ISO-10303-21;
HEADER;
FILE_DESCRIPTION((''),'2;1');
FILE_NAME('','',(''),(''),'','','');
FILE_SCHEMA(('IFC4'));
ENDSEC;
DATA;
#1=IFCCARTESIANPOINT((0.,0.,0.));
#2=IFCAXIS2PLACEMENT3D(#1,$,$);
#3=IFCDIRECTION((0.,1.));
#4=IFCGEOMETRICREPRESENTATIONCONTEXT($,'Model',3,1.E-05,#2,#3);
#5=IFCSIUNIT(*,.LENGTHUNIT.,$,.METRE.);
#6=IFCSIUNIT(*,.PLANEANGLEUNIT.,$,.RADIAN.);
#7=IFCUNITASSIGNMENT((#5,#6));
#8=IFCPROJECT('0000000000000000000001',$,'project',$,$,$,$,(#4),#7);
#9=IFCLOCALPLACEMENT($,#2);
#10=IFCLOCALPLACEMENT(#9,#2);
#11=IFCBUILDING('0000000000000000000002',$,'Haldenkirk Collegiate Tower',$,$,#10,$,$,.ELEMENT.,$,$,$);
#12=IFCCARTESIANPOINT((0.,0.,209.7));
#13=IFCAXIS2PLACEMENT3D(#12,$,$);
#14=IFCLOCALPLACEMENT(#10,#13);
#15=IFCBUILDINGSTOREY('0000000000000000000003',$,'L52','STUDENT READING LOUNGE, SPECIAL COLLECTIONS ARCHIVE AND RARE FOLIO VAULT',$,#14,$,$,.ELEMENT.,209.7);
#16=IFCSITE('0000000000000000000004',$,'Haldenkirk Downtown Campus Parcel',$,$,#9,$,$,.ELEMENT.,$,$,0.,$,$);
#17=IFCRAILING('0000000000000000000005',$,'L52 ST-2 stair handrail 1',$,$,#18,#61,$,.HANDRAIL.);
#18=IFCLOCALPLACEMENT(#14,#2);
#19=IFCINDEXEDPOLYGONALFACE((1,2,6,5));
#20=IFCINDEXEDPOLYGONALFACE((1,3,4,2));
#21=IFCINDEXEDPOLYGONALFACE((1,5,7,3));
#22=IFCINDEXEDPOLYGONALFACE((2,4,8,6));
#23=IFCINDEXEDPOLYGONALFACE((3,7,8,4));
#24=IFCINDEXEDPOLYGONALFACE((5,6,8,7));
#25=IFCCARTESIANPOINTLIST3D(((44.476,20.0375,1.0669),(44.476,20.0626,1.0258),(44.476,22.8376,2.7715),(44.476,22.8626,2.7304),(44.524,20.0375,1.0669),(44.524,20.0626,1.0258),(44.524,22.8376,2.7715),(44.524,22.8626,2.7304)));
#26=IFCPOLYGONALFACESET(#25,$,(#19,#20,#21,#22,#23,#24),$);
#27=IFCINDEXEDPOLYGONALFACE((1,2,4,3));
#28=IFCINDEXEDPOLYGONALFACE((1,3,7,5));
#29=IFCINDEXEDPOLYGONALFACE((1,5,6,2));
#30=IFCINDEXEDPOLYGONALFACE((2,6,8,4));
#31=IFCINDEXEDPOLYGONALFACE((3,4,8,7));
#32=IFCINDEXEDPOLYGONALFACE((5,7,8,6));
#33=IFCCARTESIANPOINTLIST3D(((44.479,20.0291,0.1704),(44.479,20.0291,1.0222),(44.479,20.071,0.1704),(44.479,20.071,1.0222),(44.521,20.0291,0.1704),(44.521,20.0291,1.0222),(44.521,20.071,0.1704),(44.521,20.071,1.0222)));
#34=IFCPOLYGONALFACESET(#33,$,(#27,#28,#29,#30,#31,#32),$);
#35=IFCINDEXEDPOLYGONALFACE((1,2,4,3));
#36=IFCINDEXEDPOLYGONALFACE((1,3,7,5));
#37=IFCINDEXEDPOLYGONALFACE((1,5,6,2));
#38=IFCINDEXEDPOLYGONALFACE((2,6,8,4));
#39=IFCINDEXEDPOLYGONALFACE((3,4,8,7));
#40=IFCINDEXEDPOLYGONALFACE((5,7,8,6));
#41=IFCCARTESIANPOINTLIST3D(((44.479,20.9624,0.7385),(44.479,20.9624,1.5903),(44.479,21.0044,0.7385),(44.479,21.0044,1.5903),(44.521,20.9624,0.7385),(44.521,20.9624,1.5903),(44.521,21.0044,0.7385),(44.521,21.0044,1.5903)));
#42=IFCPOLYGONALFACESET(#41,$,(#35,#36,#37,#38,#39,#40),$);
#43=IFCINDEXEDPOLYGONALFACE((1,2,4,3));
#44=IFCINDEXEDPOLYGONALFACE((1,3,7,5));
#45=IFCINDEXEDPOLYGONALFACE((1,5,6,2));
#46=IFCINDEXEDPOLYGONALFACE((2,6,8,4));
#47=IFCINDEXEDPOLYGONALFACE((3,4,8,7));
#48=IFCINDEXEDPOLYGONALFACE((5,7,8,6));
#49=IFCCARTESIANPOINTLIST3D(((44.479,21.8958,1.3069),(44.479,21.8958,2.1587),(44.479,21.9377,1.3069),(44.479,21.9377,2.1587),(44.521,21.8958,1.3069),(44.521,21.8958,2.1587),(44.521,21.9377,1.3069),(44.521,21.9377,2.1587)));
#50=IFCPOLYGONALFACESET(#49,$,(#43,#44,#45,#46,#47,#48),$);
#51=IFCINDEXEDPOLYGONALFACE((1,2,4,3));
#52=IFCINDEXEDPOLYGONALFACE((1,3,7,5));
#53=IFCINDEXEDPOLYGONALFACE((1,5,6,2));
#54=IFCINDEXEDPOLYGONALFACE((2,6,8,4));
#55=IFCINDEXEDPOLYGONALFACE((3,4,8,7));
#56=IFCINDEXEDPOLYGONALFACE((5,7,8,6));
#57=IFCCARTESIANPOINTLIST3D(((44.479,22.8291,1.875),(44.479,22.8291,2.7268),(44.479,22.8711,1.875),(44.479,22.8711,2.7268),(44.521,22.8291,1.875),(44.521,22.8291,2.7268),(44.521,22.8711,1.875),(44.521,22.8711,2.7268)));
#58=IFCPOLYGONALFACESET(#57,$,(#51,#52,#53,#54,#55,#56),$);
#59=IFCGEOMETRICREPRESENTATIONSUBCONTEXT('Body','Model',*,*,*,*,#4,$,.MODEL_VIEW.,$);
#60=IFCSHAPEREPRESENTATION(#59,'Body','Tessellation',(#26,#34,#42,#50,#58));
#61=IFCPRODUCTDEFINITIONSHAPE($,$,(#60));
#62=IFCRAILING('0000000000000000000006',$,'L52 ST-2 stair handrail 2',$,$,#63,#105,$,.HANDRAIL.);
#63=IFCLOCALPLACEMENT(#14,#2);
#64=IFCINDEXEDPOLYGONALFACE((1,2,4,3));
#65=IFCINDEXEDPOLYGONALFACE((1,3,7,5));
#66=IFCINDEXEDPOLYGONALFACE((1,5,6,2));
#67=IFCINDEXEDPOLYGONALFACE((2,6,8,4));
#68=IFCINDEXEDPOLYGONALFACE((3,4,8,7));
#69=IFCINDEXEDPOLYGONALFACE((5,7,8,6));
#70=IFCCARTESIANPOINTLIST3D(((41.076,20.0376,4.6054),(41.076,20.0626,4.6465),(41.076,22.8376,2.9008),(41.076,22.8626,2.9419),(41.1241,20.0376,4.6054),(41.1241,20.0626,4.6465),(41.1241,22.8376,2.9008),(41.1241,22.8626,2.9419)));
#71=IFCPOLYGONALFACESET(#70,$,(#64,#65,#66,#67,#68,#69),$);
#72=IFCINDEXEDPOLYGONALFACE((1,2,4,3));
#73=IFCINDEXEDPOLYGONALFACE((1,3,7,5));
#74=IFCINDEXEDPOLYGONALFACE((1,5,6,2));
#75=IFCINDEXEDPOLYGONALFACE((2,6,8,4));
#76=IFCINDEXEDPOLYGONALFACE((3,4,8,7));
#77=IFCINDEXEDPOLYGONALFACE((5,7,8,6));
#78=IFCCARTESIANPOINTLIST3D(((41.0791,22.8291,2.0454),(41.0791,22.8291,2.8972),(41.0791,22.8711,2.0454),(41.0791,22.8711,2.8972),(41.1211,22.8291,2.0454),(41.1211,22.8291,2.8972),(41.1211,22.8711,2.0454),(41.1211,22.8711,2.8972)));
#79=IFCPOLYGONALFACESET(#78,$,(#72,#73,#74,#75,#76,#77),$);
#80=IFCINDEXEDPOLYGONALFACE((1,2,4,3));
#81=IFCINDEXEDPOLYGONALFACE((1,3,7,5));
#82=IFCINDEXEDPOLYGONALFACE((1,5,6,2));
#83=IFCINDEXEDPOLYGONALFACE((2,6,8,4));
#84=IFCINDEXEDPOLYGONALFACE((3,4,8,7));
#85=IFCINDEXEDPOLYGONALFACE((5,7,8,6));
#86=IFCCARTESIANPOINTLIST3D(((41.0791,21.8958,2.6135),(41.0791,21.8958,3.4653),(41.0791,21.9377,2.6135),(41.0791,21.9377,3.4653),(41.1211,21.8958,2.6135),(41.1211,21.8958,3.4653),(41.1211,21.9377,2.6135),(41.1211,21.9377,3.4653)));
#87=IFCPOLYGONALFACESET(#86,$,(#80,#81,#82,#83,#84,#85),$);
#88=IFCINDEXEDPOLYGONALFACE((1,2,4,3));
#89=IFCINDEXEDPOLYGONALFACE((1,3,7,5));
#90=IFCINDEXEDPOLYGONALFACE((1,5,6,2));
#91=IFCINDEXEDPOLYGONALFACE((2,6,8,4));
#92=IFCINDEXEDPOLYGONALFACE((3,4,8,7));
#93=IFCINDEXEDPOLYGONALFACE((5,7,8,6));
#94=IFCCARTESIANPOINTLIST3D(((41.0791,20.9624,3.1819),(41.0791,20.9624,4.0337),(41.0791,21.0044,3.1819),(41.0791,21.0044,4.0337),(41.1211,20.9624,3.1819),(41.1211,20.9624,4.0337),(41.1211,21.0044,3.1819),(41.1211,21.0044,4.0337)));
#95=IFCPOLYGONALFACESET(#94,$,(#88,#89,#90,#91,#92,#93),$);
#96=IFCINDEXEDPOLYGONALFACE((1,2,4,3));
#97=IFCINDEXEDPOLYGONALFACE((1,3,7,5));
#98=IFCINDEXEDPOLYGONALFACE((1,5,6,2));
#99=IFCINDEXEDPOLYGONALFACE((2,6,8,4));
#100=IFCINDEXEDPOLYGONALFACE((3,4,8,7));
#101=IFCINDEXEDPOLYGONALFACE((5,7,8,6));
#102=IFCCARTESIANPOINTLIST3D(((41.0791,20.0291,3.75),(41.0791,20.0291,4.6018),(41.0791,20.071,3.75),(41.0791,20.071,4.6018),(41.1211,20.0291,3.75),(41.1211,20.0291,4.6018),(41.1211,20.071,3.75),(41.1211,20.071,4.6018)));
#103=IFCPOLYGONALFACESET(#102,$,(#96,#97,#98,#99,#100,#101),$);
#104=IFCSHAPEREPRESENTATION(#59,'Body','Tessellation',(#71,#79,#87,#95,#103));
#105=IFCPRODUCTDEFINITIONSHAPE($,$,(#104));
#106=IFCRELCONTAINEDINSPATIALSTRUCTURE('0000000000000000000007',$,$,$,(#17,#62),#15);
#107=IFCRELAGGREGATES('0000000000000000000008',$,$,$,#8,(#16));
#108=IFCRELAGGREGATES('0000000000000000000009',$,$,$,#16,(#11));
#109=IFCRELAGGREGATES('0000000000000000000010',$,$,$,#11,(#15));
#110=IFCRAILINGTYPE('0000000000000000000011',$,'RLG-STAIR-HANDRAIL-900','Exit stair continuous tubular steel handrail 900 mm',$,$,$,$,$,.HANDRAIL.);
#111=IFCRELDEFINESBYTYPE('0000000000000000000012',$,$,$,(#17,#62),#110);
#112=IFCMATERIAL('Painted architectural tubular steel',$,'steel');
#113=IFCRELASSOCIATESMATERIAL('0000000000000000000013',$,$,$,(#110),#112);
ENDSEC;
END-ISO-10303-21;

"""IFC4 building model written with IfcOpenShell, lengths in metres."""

from ifc_helpers import new_model, si_unit, direction, frame, origin, origin_2d, place, context, subcontext, project, spatial, rectangle, extrude, material, type_object, element, save


model = new_model("IFC4")

# Units and contexts
model_context = context("Model", 3, precision=1e-05, world=origin(), true_north=direction((0.0, 1.0)))
body_context = subcontext(model_context, "Body", "Model", "MODEL_VIEW")
ifc_project = project(units=[si_unit("LENGTHUNIT", "METRE"), si_unit("PLANEANGLEUNIT", "RADIAN")], contexts=[model_context])

# Site, building, storey
site_placement = place(None, origin())
site = spatial("IfcSite", under=ifc_project, at=site_placement, Name="Haldenkirk Downtown Campus Parcel", CompositionType="ELEMENT", RefElevation=0.0)
building_placement = place(site_placement, origin())
building = spatial("IfcBuilding", under=site, at=building_placement, Name="Haldenkirk Collegiate Tower", CompositionType="ELEMENT")
storey_placement = place(building_placement, frame((0.0, 0.0, 209.7)))
storey = spatial("IfcBuildingStorey", under=building, at=storey_placement, Name="L52", Description="STUDENT READING LOUNGE, SPECIAL COLLECTIONS ARCHIVE AND RARE FOLIO VAULT", CompositionType="ELEMENT", Elevation=209.7)

# Railings
ifc_material_1 = material(Name="Painted architectural tubular steel", Category="steel")
railing_type_1 = type_object("IfcRailingType", Name="RLG-STAIR-HANDRAIL-900", Description="Exit stair continuous tubular steel handrail 900 mm", PredefinedType="HANDRAIL", material=ifc_material_1)
railing_1_placement = place(storey_placement, frame((44.5, 20.05, 0.1704)))
element("IfcRailing", 1, at=railing_1_placement, inside=storey, type_object=railing_type_1, Name="L52 ST-2 stair handrail 1", PredefinedType="HANDRAIL", context=body_context, shape_type="SweptSolid", body=[
    extrude(rectangle(XDim=0.0481, YDim=0.0481, at=origin_2d()), frame((0.0, 0.0, 0.876), z_axis=(0.0, 0.85417, 0.519994), x_axis=(-1.0, 0.0, 0.0)), (0.0, 0.0, 1.0), 3.2781),
    extrude(rectangle(XDim=0.042, YDim=0.042, at=origin_2d()), origin(), (0.0, 0.0, 1.0), 0.8518),
    extrude(rectangle(XDim=0.042, YDim=0.042, at=origin_2d()), frame((0.0, 0.9333, 0.5681)), (0.0, 0.0, 1.0), 0.8518),
    extrude(rectangle(XDim=0.042, YDim=0.042, at=origin_2d()), frame((0.0, 1.8667, 1.1365)), (0.0, 0.0, 1.0), 0.8518),
    extrude(rectangle(XDim=0.042, YDim=0.042, at=origin_2d()), frame((0.0, 2.8, 1.7046)), (0.0, 0.0, 1.0), 0.8518),
])
railing_2_placement = place(storey_placement, frame((41.1001, 22.8501, 2.0454)))
element("IfcRailing", 2, at=railing_2_placement, inside=storey, type_object=railing_type_1, Name="L52 ST-2 stair handrail 2", PredefinedType="HANDRAIL", context=body_context, shape_type="SweptSolid", body=[
    extrude(rectangle(XDim=0.0481, YDim=0.0481, at=origin_2d()), frame((0.0, 0.0, 0.876), z_axis=(0.0, -0.85417, 0.519994), x_axis=(1.0, 0.0, 0.0)), (0.0, 0.0, 1.0), 3.2781),
    extrude(rectangle(XDim=0.042, YDim=0.042, at=origin_2d()), origin(), (0.0, 0.0, 1.0), 0.8518),
    extrude(rectangle(XDim=0.042, YDim=0.042, at=origin_2d()), frame((0.0, -0.9333, 0.5681)), (0.0, 0.0, 1.0), 0.8518),
    extrude(rectangle(XDim=0.042, YDim=0.042, at=origin_2d()), frame((0.0, -1.8667, 1.1365)), (0.0, 0.0, 1.0), 0.8518),
    extrude(rectangle(XDim=0.042, YDim=0.042, at=origin_2d()), frame((0.0, -2.8, 1.7046)), (0.0, 0.0, 1.0), 0.8518),
])

save(model, "model.ifc")
